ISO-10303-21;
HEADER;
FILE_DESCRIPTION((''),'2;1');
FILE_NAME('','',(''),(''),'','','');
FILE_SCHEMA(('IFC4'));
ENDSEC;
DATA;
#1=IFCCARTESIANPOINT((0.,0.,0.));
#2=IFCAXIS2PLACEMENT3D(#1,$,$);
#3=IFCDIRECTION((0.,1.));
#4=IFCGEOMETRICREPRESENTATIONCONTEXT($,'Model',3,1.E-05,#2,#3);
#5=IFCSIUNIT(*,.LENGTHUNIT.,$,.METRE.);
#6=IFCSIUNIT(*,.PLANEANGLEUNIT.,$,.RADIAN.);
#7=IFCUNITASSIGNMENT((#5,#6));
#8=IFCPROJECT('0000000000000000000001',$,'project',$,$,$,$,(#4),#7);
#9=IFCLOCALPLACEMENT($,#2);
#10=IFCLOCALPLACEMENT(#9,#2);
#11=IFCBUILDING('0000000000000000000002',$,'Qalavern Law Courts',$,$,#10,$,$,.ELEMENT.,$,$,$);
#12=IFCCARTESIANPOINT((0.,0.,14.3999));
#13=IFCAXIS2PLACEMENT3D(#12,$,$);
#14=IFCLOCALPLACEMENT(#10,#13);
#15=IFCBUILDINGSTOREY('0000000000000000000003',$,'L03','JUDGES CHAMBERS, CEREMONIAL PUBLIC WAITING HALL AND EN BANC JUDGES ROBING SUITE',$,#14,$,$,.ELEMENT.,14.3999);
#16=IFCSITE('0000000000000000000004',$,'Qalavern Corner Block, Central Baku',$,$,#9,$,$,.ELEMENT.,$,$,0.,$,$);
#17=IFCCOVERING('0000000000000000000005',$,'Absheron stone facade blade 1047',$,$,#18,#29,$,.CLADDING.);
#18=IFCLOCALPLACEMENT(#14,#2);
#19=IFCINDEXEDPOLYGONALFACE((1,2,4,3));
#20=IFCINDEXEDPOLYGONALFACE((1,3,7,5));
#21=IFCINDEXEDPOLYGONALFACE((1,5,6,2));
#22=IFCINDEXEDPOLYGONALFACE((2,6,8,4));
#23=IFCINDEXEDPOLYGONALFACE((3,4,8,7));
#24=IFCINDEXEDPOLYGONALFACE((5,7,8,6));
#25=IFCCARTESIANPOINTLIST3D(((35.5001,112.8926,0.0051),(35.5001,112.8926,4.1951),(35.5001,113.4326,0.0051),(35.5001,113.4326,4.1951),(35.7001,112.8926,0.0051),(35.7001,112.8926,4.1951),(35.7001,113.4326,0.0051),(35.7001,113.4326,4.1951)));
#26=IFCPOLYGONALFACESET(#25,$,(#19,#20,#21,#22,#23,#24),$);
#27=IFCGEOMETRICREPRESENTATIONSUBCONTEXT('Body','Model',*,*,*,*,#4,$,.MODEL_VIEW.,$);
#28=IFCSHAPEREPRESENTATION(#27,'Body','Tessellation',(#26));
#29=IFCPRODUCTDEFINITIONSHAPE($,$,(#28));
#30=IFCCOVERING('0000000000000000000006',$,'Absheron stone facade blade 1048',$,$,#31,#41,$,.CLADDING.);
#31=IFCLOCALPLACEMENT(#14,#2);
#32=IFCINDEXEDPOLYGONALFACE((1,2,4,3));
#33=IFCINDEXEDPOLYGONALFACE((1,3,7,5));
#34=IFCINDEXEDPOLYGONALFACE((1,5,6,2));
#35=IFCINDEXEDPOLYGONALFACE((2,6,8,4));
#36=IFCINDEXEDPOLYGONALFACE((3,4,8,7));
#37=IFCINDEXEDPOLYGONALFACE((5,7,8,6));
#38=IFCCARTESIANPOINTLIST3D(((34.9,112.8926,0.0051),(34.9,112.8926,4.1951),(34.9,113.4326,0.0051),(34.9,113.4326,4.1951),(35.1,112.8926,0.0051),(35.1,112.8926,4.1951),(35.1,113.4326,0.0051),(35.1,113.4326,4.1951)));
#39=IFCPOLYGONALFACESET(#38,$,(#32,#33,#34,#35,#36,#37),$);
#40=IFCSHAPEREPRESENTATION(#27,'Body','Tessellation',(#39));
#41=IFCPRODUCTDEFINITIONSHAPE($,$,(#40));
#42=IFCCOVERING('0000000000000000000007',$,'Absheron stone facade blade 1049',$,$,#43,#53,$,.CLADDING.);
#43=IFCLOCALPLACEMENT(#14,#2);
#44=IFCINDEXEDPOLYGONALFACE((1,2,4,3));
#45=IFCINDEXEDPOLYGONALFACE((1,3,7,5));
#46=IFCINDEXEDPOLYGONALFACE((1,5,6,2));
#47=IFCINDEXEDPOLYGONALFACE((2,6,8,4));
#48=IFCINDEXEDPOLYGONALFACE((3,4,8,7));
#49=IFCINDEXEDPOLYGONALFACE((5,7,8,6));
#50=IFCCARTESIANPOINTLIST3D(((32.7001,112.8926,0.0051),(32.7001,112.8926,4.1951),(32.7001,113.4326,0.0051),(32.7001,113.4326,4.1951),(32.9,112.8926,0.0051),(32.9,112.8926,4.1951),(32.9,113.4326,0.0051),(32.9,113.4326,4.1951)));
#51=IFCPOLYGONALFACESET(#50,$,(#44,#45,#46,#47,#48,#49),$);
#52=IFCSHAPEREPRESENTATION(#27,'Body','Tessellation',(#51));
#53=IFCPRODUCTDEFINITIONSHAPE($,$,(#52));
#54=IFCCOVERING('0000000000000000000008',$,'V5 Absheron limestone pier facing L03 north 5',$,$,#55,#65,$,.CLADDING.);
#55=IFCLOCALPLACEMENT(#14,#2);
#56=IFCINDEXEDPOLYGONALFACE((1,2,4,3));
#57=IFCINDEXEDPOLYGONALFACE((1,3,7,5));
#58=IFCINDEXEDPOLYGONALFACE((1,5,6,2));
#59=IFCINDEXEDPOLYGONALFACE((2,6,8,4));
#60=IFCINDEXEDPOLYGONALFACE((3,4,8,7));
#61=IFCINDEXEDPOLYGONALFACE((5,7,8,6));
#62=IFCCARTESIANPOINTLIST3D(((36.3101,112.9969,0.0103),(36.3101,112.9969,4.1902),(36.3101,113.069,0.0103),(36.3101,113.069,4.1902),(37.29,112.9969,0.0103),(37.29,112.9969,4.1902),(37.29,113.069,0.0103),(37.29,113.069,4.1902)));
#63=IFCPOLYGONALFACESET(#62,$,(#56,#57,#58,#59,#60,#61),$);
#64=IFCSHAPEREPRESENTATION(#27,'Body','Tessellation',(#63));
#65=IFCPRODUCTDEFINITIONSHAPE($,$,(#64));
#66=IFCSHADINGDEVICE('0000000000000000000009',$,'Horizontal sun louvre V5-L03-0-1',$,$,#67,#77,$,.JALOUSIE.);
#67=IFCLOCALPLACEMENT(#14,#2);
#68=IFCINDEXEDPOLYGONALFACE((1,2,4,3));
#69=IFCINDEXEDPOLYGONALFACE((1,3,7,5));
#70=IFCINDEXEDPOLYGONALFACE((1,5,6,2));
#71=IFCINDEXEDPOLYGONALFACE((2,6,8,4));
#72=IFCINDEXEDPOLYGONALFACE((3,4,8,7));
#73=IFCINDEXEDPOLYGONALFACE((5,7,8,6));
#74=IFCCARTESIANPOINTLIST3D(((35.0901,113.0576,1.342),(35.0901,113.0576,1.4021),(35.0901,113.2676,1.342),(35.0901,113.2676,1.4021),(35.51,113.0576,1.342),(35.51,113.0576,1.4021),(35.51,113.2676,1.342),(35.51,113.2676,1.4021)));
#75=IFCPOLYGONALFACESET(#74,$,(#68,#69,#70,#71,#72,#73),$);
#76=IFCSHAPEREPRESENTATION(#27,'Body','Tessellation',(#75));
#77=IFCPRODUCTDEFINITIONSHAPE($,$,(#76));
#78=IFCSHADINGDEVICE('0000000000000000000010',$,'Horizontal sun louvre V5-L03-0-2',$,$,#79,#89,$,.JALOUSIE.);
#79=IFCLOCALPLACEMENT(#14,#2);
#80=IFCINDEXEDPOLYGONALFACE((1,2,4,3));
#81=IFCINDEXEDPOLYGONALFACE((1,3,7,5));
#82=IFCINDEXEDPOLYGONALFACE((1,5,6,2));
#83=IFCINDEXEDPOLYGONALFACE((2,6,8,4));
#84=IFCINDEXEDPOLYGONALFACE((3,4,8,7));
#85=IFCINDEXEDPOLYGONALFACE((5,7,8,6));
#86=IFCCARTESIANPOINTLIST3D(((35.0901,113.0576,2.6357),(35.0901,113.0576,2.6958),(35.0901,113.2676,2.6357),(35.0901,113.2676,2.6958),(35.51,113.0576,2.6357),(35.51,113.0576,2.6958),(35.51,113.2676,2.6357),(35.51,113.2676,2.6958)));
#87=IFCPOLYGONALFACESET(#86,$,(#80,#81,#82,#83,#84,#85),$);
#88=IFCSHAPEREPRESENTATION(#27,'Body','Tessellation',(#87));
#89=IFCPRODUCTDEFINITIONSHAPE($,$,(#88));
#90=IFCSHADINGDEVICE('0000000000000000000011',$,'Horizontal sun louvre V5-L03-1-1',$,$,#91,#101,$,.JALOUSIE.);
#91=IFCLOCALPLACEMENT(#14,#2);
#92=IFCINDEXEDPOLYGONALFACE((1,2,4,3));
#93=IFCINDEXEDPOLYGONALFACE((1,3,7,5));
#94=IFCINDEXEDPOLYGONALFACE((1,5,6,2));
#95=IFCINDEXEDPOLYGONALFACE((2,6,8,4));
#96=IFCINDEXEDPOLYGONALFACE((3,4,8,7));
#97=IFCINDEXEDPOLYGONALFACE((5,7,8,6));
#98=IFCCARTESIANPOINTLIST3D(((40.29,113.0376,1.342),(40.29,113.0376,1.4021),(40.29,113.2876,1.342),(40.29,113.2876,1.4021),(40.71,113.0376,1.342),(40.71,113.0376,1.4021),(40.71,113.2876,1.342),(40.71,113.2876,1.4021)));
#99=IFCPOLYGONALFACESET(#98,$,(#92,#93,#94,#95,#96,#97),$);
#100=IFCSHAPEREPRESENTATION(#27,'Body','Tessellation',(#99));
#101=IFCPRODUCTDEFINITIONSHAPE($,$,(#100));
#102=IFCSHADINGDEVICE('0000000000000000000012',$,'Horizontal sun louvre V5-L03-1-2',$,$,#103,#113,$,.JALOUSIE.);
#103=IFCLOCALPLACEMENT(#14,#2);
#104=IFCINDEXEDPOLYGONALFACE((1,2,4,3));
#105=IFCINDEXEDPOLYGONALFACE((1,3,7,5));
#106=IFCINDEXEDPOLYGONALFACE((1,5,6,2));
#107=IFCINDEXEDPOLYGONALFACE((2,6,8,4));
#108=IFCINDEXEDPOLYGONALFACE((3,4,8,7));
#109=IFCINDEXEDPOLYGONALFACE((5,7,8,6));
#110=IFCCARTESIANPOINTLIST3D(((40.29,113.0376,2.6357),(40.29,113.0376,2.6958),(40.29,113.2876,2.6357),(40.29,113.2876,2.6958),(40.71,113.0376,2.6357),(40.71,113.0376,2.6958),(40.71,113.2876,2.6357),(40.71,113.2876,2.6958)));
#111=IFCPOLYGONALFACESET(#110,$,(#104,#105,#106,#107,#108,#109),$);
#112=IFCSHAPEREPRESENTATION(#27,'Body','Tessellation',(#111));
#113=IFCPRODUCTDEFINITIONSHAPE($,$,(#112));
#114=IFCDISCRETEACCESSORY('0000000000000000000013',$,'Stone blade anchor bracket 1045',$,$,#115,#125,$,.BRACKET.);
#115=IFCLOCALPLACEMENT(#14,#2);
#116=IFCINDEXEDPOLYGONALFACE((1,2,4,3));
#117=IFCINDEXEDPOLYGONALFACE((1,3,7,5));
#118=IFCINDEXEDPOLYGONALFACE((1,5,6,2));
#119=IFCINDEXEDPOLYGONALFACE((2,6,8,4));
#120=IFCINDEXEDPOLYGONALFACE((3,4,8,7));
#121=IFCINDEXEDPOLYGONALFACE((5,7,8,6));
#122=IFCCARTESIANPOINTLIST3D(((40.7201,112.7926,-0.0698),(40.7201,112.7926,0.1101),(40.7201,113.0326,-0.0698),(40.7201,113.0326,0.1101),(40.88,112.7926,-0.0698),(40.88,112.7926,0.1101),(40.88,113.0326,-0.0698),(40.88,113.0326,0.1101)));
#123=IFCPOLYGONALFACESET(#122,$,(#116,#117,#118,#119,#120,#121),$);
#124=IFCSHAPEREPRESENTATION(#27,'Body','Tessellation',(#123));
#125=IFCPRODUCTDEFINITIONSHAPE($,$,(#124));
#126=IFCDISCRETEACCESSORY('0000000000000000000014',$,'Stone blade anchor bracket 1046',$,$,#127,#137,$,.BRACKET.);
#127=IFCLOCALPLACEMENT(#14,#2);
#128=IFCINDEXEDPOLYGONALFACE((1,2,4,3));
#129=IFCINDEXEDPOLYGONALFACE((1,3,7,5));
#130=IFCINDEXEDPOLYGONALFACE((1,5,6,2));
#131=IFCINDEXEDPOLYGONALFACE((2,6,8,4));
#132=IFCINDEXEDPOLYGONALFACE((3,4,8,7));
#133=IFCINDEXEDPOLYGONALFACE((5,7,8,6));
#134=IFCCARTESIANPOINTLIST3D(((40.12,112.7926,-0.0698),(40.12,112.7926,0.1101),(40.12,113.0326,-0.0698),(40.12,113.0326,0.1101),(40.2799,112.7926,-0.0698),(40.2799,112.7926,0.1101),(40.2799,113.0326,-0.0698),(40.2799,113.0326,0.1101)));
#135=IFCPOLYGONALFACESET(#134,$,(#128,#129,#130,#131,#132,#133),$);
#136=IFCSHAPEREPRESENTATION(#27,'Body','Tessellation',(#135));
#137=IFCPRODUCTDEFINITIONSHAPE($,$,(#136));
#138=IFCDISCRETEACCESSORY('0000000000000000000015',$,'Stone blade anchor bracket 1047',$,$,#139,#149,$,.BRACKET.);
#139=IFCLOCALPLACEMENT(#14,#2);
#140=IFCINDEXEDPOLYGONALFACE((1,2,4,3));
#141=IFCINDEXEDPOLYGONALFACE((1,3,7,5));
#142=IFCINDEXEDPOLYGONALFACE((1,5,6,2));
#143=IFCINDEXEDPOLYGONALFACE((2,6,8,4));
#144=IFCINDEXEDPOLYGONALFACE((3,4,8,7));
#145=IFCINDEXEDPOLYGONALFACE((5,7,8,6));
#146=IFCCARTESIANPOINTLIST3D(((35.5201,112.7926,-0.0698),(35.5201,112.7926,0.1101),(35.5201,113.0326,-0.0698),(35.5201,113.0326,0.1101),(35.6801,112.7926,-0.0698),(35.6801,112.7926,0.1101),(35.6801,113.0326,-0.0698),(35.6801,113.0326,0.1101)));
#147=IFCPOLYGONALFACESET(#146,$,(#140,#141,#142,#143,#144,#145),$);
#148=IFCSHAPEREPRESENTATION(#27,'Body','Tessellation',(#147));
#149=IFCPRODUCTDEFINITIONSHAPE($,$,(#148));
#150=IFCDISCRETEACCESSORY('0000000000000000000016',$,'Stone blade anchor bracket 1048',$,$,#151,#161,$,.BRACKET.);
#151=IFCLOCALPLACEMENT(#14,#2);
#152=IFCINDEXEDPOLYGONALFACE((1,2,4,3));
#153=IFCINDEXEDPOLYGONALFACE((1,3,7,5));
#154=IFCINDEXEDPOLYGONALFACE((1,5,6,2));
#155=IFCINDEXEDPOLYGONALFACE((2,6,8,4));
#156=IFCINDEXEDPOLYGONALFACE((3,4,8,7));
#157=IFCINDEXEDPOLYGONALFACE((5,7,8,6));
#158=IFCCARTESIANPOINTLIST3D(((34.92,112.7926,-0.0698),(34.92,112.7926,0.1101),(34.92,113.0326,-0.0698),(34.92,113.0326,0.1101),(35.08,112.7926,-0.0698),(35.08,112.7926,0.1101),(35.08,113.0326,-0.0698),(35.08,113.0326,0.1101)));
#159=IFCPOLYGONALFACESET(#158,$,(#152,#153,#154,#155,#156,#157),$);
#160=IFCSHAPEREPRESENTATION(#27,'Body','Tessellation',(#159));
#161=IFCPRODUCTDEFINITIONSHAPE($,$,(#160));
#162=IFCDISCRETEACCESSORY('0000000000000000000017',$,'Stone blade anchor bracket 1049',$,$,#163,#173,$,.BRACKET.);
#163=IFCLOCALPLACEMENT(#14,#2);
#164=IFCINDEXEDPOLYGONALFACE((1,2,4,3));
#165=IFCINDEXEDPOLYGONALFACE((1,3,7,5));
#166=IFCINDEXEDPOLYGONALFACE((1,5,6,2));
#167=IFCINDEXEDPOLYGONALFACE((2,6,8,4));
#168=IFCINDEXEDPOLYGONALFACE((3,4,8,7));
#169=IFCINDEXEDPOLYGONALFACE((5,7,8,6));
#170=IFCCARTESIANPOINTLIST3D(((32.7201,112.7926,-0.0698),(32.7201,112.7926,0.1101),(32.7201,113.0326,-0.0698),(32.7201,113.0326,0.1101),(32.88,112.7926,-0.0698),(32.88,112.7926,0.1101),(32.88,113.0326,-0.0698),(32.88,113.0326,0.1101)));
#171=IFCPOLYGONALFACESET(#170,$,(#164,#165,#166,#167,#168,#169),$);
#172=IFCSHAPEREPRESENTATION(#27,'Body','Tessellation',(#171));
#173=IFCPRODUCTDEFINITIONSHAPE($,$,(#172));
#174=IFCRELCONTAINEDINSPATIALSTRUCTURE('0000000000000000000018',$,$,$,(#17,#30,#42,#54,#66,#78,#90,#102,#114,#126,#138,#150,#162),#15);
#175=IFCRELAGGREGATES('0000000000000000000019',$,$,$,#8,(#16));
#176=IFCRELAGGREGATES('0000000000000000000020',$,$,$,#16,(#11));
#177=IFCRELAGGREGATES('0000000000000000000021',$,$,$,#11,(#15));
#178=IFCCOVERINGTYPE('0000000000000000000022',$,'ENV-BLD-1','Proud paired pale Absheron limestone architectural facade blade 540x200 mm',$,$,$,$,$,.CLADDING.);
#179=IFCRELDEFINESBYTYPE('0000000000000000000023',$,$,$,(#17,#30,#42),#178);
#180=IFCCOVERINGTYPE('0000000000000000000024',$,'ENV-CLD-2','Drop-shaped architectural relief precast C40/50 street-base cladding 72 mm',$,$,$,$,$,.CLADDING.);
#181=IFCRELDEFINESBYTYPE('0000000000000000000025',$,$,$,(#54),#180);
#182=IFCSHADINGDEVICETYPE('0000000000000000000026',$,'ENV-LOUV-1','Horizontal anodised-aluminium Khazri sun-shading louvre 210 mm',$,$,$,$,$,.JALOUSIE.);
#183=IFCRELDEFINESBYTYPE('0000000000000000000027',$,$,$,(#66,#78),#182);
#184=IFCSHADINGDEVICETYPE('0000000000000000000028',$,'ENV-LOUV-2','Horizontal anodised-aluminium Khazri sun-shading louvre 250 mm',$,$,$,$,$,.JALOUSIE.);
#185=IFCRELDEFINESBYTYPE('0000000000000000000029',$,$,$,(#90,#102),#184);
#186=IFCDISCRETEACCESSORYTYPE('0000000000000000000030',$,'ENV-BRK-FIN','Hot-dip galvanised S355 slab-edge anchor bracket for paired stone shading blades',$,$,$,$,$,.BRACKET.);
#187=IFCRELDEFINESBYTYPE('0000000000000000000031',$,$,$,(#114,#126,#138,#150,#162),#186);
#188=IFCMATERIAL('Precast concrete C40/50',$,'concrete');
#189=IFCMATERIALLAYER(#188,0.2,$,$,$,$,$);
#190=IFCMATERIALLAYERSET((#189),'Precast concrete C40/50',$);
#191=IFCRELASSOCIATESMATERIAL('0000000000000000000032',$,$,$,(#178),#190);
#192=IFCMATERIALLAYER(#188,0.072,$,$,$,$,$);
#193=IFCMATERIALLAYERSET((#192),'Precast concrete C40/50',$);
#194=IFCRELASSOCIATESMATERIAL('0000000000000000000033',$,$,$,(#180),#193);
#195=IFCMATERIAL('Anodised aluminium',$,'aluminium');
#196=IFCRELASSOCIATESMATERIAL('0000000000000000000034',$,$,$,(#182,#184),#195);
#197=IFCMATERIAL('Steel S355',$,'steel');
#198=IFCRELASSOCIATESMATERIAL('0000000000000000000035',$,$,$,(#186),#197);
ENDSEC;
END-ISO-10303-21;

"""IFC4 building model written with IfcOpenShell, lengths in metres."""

from ifc_helpers import new_model, si_unit, direction, frame, origin, origin_2d, place, context, subcontext, project, spatial, rectangle, extrude, material, layer, layer_set, type_object, element, save


model = new_model("IFC4")

# Units and contexts
model_context = context("Model", 3, precision=1e-05, world=origin(), true_north=direction((0.0, 1.0)))
body_context = subcontext(model_context, "Body", "Model", "MODEL_VIEW")
ifc_project = project(units=[si_unit("LENGTHUNIT", "METRE"), si_unit("PLANEANGLEUNIT", "RADIAN")], contexts=[model_context])

# Site, building, storey
site_placement = place(None, origin())
site = spatial("IfcSite", under=ifc_project, at=site_placement, Name="Qalavern Corner Block, Central Baku", CompositionType="ELEMENT", RefElevation=0.0)
building_placement = place(site_placement, origin())
building = spatial("IfcBuilding", under=site, at=building_placement, Name="Qalavern Law Courts", CompositionType="ELEMENT")
storey_placement = place(building_placement, frame((0.0, 0.0, 14.3999)))
storey = spatial("IfcBuildingStorey", under=building, at=storey_placement, Name="L03", Description="JUDGES CHAMBERS, CEREMONIAL PUBLIC WAITING HALL AND EN BANC JUDGES ROBING SUITE", CompositionType="ELEMENT", Elevation=14.3999)

# Shared definitions
ifc_material_1 = material(Name="Anodised aluminium", Category="aluminium")

# Coverings
ifc_material_2 = material(Name="Precast concrete C40/50", Category="concrete")
ifc_layer_1 = layer(ifc_material_2, 0.2)
ifc_layer_set_1 = layer_set([ifc_layer_1], Name="Precast concrete C40/50")
covering_type_1 = type_object("IfcCoveringType", Name="ENV-BLD-1", Description="Proud paired pale Absheron limestone architectural facade blade 540x200 mm", PredefinedType="CLADDING", material=ifc_layer_set_1)
for number, where, z_axis, x_axis, name in (
    (1, (35.6001, 113.1626, 0.0051), (0.0, 0.0, 1.0), (0.0, 1.0, 0.0), "Absheron stone facade blade 1047"),
    (2, (35.0, 113.1626, 0.0051), (0.0, 0.0, 1.0), (0.0, 1.0, 0.0), "Absheron stone facade blade 1048"),
    (3, (32.8, 113.1626, 0.0051), (0.0, 0.0, 1.0), (0.0, 1.0, 0.0), "Absheron stone facade blade 1049"),
):
    element("IfcCovering", number, at=place(storey_placement, frame(where, z_axis=z_axis, x_axis=x_axis)), inside=storey, type_object=covering_type_1, Name=name, PredefinedType="CLADDING", context=body_context, shape_type="SweptSolid", body=[
        extrude(rectangle(XDim=0.54, YDim=0.2, at=origin_2d()), origin(), (0.0, 0.0, 1.0), 4.1899),
    ])
ifc_layer_2 = layer(ifc_material_2, 0.072)
ifc_layer_set_2 = layer_set([ifc_layer_2], Name="Precast concrete C40/50")
covering_type_2 = type_object("IfcCoveringType", Name="ENV-CLD-2", Description="Drop-shaped architectural relief precast C40/50 street-base cladding 72 mm", PredefinedType="CLADDING", material=ifc_layer_set_2)
covering_placement = place(storey_placement, frame((36.8, 113.033, 0.0103), z_axis=(0.0, 0.0, 1.0), x_axis=(-1.0, 0.0, 0.0)))
element("IfcCovering", 4, at=covering_placement, inside=storey, type_object=covering_type_2, Name="V5 Absheron limestone pier facing L03 north 5", PredefinedType="CLADDING", context=body_context, shape_type="SweptSolid", body=[
    extrude(rectangle(XDim=0.98, YDim=0.072, at=origin_2d()), origin(), (0.0, 0.0, 1.0), 4.1799),
])

# Shading devices
shading_device_type_1 = type_object("IfcShadingDeviceType", Name="ENV-LOUV-1", Description="Horizontal anodised-aluminium Khazri sun-shading louvre 210 mm", PredefinedType="JALOUSIE", material=ifc_material_1)
for number, where, z_axis, x_axis, name in (
    (5, (35.3, 113.1626, 1.342), (0.0, 0.0, 1.0), (-1.0, 0.0, 0.0), "Horizontal sun louvre V5-L03-0-1"),
    (6, (35.3, 113.1626, 2.6357), (0.0, 0.0, 1.0), (-1.0, 0.0, 0.0), "Horizontal sun louvre V5-L03-0-2"),
):
    element("IfcShadingDevice", number, at=place(storey_placement, frame(where, z_axis=z_axis, x_axis=x_axis)), inside=storey, type_object=shading_device_type_1, Name=name, PredefinedType="JALOUSIE", context=body_context, shape_type="SweptSolid", body=[
        extrude(rectangle(XDim=0.4199, YDim=0.21, at=origin_2d()), origin(), (0.0, 0.0, 1.0), 0.0601),
    ])
shading_device_type_2 = type_object("IfcShadingDeviceType", Name="ENV-LOUV-2", Description="Horizontal anodised-aluminium Khazri sun-shading louvre 250 mm", PredefinedType="JALOUSIE", material=ifc_material_1)
for number, where, z_axis, x_axis, name in (
    (7, (40.5, 113.1626, 1.342), (0.0, 0.0, 1.0), (-1.0, 0.0, 0.0), "Horizontal sun louvre V5-L03-1-1"),
    (8, (40.5, 113.1626, 2.6357), (0.0, 0.0, 1.0), (-1.0, 0.0, 0.0), "Horizontal sun louvre V5-L03-1-2"),
):
    element("IfcShadingDevice", number, at=place(storey_placement, frame(where, z_axis=z_axis, x_axis=x_axis)), inside=storey, type_object=shading_device_type_2, Name=name, PredefinedType="JALOUSIE", context=body_context, shape_type="SweptSolid", body=[
        extrude(rectangle(XDim=0.4199, YDim=0.25, at=origin_2d()), origin(), (0.0, 0.0, 1.0), 0.0601),
    ])

# Discrete accessories
ifc_material_3 = material(Name="Steel S355", Category="steel")
discrete_accessory_type = type_object("IfcDiscreteAccessoryType", Name="ENV-BRK-FIN", Description="Hot-dip galvanised S355 slab-edge anchor bracket for paired stone shading blades", PredefinedType="BRACKET", material=ifc_material_3)
for number, where, z_axis, x_axis, name in (
    (9, (40.8, 112.9126, -0.0698), (0.0, 0.0, 1.0), (0.0, 1.0, 0.0), "Stone blade anchor bracket 1045"),
    (10, (40.2, 112.9126, -0.0698), (0.0, 0.0, 1.0), (0.0, 1.0, 0.0), "Stone blade anchor bracket 1046"),
    (11, (35.6001, 112.9126, -0.0698), (0.0, 0.0, 1.0), (0.0, 1.0, 0.0), "Stone blade anchor bracket 1047"),
    (12, (35.0, 112.9126, -0.0698), (0.0, 0.0, 1.0), (0.0, 1.0, 0.0), "Stone blade anchor bracket 1048"),
    (13, (32.8, 112.9126, -0.0698), (0.0, 0.0, 1.0), (0.0, 1.0, 0.0), "Stone blade anchor bracket 1049"),
):
    element("IfcDiscreteAccessory", number, at=place(storey_placement, frame(where, z_axis=z_axis, x_axis=x_axis)), inside=storey, type_object=discrete_accessory_type, Name=name, PredefinedType="BRACKET", context=body_context, shape_type="SweptSolid", body=[
        extrude(rectangle(XDim=0.24, YDim=0.1599, at=origin_2d()), origin(), (0.0, 0.0, 1.0), 0.1799),
    ])

save(model, "model.ifc")
